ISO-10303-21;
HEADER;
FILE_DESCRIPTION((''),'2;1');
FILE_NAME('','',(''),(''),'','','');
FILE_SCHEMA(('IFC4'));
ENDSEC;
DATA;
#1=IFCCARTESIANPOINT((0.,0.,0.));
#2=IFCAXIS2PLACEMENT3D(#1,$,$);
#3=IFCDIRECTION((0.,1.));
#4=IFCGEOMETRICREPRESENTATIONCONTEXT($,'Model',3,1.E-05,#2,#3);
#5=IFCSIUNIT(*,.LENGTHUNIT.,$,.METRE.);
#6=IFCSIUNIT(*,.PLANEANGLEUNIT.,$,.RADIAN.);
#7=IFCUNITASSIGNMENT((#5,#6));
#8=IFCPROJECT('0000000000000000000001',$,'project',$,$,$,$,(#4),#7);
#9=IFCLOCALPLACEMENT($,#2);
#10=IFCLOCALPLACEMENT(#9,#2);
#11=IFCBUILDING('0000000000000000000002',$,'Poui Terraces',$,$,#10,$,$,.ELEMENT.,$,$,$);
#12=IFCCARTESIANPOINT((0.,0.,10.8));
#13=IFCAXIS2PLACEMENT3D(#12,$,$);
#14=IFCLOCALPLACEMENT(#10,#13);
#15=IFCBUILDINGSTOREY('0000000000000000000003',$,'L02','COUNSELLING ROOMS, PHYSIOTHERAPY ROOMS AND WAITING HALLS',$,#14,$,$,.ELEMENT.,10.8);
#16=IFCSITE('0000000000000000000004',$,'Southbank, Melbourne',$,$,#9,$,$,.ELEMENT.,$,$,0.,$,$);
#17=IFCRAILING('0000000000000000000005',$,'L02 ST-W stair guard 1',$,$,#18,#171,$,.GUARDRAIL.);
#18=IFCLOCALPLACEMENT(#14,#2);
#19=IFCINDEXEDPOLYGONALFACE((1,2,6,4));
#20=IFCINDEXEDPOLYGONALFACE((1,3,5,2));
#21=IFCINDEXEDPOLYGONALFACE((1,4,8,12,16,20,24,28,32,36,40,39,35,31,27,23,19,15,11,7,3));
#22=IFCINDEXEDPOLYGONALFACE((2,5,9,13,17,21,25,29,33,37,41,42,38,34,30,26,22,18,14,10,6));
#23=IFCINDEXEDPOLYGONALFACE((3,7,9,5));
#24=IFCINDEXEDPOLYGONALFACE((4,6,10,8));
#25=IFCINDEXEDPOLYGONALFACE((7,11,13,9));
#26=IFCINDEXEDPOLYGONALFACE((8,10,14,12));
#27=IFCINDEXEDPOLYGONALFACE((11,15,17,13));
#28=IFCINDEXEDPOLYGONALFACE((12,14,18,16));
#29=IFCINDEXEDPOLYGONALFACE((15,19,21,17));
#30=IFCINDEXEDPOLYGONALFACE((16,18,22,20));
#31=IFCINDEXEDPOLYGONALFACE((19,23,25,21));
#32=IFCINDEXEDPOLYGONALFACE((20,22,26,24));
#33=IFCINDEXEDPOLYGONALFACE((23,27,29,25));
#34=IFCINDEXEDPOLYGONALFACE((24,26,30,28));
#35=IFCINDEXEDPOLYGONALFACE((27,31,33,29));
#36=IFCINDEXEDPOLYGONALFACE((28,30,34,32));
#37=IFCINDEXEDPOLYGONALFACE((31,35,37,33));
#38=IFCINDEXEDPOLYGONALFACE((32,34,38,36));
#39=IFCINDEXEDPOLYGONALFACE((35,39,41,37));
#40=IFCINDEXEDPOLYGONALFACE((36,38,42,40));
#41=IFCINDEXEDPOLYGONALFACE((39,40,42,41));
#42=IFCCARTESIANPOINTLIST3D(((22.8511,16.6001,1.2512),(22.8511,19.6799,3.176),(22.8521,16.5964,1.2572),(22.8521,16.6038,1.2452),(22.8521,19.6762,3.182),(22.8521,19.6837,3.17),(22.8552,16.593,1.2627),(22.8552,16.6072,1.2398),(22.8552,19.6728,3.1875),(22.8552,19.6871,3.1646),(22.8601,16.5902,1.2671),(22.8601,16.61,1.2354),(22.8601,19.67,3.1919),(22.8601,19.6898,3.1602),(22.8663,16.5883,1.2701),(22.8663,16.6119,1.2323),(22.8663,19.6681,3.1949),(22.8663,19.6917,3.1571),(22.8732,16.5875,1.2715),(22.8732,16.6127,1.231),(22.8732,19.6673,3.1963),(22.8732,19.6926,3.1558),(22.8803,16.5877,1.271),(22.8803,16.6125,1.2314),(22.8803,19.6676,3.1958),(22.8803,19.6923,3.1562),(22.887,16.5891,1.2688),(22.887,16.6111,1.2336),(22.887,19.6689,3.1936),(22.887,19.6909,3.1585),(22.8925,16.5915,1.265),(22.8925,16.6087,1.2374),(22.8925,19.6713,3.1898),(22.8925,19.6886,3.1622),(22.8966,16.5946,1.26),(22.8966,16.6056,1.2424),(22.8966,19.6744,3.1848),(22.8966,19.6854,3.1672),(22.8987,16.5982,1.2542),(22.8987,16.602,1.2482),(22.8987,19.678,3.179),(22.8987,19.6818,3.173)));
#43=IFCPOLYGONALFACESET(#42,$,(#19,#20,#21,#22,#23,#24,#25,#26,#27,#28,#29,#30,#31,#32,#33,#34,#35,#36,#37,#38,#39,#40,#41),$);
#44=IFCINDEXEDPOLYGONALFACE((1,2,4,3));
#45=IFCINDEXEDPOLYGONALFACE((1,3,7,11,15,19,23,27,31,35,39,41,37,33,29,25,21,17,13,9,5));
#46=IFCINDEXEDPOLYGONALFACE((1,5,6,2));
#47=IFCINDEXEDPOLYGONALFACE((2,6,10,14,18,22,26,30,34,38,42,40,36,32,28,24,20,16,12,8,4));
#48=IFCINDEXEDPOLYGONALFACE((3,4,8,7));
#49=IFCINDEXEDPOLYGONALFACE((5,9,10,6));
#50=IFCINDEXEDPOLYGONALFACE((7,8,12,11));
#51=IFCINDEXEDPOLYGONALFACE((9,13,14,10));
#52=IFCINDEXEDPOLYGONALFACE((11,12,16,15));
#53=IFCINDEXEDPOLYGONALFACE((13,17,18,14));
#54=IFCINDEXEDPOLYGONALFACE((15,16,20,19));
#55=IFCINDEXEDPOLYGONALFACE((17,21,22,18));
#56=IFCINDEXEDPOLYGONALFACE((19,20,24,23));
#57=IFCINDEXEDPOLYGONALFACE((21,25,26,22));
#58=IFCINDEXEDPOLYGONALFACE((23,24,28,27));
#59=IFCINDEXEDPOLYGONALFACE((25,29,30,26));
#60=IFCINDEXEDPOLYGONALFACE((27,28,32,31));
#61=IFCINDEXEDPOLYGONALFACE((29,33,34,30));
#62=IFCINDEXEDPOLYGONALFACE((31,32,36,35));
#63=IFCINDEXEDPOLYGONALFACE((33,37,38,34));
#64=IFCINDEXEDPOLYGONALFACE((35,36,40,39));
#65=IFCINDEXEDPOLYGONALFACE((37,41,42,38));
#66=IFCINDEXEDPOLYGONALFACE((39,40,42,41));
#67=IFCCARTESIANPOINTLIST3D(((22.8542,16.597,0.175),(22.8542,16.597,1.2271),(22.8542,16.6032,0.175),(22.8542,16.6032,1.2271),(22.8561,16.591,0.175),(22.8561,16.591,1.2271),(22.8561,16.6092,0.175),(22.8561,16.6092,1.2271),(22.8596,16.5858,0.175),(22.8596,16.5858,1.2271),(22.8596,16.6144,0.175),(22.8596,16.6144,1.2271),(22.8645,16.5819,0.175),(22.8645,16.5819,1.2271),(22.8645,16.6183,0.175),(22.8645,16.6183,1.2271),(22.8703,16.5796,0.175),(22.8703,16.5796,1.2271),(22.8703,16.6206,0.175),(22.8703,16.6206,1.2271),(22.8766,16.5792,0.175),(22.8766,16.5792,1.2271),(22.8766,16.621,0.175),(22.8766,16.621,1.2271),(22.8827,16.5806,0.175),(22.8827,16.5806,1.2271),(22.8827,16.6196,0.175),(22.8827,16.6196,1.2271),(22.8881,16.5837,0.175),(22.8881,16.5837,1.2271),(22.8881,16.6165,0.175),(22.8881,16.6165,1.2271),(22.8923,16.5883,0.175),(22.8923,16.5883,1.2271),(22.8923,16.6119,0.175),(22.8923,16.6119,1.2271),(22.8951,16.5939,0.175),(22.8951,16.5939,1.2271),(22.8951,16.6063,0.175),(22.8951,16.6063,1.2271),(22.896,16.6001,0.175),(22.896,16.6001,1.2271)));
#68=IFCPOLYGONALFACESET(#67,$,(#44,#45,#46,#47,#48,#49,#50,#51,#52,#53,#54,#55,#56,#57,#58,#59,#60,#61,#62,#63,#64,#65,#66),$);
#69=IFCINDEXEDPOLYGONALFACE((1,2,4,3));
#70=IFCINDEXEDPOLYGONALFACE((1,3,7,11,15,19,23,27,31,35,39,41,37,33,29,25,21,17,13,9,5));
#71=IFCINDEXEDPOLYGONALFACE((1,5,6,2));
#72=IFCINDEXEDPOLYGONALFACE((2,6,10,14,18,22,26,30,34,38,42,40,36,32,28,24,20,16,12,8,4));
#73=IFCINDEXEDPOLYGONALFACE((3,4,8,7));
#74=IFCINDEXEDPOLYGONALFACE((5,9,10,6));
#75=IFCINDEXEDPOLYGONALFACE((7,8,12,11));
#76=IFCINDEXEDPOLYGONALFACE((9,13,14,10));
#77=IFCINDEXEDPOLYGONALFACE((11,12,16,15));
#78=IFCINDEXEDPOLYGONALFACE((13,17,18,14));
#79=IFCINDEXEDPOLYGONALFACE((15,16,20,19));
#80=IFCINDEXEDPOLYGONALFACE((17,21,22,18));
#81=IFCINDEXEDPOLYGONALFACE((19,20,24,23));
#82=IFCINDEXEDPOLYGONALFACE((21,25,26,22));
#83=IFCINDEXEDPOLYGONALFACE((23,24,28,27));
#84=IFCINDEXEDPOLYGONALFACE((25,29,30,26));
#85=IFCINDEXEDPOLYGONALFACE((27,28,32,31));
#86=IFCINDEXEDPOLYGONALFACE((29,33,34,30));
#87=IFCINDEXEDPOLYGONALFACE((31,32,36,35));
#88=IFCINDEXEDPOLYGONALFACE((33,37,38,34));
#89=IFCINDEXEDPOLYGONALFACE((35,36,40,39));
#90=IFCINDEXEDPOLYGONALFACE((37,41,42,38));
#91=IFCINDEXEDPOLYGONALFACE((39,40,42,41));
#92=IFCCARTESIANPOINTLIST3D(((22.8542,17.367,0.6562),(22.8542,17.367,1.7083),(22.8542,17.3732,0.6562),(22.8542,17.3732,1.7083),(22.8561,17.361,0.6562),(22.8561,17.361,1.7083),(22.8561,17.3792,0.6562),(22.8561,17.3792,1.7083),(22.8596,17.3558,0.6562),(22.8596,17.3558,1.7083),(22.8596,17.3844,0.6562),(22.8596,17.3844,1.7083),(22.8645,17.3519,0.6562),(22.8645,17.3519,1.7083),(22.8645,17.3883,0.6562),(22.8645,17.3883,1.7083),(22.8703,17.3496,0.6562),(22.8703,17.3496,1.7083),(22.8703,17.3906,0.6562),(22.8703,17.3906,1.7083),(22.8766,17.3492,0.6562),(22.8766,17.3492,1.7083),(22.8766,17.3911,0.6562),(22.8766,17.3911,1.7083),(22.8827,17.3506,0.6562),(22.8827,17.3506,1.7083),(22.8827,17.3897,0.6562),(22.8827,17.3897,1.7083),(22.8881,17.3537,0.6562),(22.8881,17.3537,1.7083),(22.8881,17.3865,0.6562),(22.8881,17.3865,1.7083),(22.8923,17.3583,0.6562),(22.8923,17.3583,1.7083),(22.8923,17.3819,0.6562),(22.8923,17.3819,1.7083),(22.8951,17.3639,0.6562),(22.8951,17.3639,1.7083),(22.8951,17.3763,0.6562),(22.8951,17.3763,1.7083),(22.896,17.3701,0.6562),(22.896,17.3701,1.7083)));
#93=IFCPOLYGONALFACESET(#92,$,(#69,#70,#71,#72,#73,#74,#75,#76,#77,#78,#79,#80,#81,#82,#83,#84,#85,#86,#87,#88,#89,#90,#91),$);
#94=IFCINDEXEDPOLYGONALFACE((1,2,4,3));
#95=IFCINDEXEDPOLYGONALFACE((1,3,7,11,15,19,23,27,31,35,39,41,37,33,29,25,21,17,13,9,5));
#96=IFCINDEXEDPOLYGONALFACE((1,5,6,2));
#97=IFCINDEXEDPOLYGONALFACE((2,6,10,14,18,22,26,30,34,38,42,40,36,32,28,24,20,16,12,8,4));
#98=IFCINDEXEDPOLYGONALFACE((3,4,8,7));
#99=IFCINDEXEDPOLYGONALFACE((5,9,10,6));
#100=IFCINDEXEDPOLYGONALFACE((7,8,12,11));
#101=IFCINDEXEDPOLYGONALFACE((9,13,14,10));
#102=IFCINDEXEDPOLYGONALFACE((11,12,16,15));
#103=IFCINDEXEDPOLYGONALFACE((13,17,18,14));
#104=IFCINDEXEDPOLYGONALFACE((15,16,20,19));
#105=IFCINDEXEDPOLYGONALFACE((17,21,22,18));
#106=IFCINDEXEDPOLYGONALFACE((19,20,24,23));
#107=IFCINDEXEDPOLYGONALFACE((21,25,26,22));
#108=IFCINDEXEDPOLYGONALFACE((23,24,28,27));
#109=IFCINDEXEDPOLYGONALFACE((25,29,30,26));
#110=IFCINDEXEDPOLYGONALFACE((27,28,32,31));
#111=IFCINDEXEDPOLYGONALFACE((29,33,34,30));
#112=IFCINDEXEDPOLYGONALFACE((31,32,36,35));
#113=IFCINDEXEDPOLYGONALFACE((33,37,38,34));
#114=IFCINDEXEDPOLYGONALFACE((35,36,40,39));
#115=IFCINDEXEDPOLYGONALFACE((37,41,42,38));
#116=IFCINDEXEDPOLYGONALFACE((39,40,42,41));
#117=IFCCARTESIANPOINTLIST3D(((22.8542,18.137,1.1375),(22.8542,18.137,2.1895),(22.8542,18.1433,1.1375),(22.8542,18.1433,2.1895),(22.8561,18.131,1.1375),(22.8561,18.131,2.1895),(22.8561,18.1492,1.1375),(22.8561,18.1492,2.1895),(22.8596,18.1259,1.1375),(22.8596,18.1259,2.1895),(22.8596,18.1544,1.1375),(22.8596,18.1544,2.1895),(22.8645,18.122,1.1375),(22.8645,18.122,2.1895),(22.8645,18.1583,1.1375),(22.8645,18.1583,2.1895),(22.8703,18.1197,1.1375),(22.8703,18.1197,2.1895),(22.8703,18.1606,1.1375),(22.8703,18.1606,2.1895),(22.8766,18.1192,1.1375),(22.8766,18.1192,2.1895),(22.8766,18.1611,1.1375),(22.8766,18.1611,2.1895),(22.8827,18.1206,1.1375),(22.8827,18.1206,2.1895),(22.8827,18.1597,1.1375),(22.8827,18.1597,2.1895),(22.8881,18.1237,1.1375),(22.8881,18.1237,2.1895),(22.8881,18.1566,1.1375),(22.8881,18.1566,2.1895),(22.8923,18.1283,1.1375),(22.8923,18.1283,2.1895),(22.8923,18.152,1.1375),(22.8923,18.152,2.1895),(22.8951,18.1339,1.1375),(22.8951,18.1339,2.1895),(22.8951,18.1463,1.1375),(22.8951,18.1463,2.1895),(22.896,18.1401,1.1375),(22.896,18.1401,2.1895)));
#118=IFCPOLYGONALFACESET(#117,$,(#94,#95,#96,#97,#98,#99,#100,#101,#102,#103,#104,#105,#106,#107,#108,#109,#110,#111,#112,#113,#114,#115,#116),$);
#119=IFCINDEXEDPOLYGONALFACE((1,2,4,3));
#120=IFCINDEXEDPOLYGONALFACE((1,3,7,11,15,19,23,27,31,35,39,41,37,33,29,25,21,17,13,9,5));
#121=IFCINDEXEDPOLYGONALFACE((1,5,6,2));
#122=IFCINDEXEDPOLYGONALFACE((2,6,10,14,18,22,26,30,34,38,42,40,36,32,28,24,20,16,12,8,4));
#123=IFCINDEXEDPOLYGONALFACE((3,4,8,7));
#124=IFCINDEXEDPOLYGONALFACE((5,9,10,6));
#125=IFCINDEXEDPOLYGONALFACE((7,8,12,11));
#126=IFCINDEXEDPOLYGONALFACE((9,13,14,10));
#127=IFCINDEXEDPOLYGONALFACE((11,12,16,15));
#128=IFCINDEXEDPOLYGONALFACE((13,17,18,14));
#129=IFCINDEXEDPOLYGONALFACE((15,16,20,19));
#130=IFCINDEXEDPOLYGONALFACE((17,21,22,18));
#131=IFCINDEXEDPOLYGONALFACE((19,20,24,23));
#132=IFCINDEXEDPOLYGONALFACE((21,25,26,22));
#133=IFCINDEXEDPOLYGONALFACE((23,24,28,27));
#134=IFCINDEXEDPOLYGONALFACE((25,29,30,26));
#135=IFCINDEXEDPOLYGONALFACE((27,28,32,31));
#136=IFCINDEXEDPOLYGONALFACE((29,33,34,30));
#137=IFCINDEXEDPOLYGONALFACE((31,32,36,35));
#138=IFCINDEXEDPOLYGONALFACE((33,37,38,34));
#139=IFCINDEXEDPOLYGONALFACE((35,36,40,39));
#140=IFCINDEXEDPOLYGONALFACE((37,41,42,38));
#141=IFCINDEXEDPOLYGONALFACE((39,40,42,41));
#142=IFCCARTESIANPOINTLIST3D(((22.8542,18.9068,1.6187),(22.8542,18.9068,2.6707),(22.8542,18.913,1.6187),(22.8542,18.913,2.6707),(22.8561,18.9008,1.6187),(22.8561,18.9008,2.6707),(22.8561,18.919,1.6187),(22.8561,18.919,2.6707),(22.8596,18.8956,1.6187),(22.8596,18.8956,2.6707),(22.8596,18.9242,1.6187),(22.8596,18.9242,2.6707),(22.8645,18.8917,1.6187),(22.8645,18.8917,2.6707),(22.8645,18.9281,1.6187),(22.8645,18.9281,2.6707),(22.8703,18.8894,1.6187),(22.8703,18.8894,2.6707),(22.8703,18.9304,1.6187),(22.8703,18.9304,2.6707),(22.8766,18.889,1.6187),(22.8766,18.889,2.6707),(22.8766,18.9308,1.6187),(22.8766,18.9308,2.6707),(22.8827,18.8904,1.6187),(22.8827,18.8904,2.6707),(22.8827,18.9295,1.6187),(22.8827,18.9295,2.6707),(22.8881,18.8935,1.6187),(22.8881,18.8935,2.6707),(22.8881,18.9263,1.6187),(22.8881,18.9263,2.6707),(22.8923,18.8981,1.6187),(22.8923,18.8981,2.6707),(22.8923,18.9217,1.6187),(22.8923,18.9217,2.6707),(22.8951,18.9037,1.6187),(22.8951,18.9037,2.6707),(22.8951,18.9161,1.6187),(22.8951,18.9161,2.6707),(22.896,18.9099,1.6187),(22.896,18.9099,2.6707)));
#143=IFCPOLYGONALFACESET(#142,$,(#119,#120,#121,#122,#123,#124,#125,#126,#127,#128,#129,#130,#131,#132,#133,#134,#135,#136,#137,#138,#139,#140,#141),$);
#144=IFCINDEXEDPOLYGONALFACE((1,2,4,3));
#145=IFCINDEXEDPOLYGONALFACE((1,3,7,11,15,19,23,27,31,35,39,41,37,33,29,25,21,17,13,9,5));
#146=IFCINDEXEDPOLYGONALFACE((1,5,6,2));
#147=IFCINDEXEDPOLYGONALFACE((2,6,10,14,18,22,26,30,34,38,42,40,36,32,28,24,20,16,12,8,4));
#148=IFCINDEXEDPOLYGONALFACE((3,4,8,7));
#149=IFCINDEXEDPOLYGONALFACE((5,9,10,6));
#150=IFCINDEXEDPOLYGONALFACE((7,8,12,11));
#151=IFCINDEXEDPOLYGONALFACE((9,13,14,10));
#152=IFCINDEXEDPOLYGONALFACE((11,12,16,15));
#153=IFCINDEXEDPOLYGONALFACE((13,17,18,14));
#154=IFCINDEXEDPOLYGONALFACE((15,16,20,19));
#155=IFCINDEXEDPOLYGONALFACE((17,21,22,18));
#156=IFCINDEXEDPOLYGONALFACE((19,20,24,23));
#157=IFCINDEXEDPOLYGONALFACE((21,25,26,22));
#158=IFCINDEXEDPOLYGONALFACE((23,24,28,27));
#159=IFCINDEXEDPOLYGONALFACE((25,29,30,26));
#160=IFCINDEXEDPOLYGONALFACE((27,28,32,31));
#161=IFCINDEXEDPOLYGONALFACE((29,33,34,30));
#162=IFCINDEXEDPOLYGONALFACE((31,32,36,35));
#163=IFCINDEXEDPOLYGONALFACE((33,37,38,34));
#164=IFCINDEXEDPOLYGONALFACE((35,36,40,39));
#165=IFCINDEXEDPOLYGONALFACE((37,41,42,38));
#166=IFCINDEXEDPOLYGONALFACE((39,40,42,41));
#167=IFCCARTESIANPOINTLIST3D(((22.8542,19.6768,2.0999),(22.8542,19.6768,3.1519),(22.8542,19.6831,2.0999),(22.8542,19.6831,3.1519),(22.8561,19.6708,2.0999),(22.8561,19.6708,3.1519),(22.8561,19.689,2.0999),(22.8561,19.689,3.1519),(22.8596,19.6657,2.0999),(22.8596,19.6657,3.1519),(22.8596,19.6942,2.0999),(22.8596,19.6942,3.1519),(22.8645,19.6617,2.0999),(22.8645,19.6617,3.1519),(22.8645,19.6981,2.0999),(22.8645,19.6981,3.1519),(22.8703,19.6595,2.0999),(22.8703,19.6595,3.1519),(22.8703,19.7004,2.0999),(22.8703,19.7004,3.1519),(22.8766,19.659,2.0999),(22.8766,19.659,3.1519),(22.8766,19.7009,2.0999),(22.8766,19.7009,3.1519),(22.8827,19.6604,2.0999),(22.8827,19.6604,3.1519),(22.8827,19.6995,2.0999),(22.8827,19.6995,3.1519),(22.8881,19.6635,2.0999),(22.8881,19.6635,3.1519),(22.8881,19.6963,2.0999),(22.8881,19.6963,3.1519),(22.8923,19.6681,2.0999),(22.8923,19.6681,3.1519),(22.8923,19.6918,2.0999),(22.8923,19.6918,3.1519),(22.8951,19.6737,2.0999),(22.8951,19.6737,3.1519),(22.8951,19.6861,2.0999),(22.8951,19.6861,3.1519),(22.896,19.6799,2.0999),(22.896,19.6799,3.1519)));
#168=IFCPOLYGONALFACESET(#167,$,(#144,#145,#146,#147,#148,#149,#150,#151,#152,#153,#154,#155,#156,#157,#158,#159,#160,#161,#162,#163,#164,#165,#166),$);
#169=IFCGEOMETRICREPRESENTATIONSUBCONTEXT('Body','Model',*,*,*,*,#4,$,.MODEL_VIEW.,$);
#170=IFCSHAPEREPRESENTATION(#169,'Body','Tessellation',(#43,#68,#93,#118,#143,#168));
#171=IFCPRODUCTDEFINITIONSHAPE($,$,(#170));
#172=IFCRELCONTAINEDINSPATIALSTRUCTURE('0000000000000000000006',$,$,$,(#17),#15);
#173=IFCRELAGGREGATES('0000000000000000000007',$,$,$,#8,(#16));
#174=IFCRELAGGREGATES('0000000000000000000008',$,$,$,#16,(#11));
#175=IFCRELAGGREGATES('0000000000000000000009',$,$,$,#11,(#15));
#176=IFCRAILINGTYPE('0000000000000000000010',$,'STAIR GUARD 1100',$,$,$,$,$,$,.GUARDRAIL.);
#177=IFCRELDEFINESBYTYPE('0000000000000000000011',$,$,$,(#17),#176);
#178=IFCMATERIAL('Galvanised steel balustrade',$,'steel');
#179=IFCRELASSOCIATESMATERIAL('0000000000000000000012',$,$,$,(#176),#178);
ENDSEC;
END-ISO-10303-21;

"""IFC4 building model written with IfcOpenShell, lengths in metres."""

from ifc_helpers import new_model, si_unit, direction, frame, origin, origin_2d, place, context, subcontext, project, spatial, circle, extrude, material, type_object, element, save


model = new_model("IFC4")

# Units and contexts
model_context = context("Model", 3, precision=1e-05, world=origin(), true_north=direction((0.0, 1.0)))
body_context = subcontext(model_context, "Body", "Model", "MODEL_VIEW")
ifc_project = project(units=[si_unit("LENGTHUNIT", "METRE"), si_unit("PLANEANGLEUNIT", "RADIAN")], contexts=[model_context])

# Site, building, storey
site_placement = place(None, origin())
site = spatial("IfcSite", under=ifc_project, at=site_placement, Name="Southbank, Melbourne", CompositionType="ELEMENT", RefElevation=0.0)
building_placement = place(site_placement, origin())
building = spatial("IfcBuilding", under=site, at=building_placement, Name="Poui Terraces", CompositionType="ELEMENT")
storey_placement = place(building_placement, frame((0.0, 0.0, 10.8)))
storey = spatial("IfcBuildingStorey", under=building, at=storey_placement, Name="L02", Description="COUNSELLING ROOMS, PHYSIOTHERAPY ROOMS AND WAITING HALLS", CompositionType="ELEMENT", Elevation=10.8)

# Railing
ifc_material_1 = material(Name="Galvanised steel balustrade", Category="steel")
railing_type_1 = type_object("IfcRailingType", Name="STAIR GUARD 1100", PredefinedType="GUARDRAIL", material=ifc_material_1)
railing_1_placement = place(storey_placement, frame((22.875, 16.6001, 0.175)))
element("IfcRailing", 1, at=railing_1_placement, inside=storey, type_object=railing_type_1, Name="L02 ST-W stair guard 1", PredefinedType="GUARDRAIL", context=body_context, shape_type="SweptSolid", body=[
    extrude(circle(Radius=0.0239, at=origin_2d()), frame((0.0, 0.0, 1.0762), z_axis=(0.0, 0.84801, 0.529981), x_axis=(-1.0, 0.0, 0.0)), (0.0, 0.0, 1.0), 3.6318),
    extrude(circle(Radius=0.021, at=origin_2d()), origin(), (0.0, 0.0, 1.0), 1.052),
    extrude(circle(Radius=0.021, at=origin_2d()), frame((0.0, 0.77, 0.4812)), (0.0, 0.0, 1.0), 1.052),
    extrude(circle(Radius=0.021, at=origin_2d()), frame((0.0, 1.54, 0.9624)), (0.0, 0.0, 1.0), 1.052),
    extrude(circle(Radius=0.021, at=origin_2d()), frame((0.0, 2.3098, 1.4436)), (0.0, 0.0, 1.0), 1.052),
    extrude(circle(Radius=0.021, at=origin_2d()), frame((0.0, 3.0798, 1.9248)), (0.0, 0.0, 1.0), 1.052),
])

save(model, "model.ifc")
